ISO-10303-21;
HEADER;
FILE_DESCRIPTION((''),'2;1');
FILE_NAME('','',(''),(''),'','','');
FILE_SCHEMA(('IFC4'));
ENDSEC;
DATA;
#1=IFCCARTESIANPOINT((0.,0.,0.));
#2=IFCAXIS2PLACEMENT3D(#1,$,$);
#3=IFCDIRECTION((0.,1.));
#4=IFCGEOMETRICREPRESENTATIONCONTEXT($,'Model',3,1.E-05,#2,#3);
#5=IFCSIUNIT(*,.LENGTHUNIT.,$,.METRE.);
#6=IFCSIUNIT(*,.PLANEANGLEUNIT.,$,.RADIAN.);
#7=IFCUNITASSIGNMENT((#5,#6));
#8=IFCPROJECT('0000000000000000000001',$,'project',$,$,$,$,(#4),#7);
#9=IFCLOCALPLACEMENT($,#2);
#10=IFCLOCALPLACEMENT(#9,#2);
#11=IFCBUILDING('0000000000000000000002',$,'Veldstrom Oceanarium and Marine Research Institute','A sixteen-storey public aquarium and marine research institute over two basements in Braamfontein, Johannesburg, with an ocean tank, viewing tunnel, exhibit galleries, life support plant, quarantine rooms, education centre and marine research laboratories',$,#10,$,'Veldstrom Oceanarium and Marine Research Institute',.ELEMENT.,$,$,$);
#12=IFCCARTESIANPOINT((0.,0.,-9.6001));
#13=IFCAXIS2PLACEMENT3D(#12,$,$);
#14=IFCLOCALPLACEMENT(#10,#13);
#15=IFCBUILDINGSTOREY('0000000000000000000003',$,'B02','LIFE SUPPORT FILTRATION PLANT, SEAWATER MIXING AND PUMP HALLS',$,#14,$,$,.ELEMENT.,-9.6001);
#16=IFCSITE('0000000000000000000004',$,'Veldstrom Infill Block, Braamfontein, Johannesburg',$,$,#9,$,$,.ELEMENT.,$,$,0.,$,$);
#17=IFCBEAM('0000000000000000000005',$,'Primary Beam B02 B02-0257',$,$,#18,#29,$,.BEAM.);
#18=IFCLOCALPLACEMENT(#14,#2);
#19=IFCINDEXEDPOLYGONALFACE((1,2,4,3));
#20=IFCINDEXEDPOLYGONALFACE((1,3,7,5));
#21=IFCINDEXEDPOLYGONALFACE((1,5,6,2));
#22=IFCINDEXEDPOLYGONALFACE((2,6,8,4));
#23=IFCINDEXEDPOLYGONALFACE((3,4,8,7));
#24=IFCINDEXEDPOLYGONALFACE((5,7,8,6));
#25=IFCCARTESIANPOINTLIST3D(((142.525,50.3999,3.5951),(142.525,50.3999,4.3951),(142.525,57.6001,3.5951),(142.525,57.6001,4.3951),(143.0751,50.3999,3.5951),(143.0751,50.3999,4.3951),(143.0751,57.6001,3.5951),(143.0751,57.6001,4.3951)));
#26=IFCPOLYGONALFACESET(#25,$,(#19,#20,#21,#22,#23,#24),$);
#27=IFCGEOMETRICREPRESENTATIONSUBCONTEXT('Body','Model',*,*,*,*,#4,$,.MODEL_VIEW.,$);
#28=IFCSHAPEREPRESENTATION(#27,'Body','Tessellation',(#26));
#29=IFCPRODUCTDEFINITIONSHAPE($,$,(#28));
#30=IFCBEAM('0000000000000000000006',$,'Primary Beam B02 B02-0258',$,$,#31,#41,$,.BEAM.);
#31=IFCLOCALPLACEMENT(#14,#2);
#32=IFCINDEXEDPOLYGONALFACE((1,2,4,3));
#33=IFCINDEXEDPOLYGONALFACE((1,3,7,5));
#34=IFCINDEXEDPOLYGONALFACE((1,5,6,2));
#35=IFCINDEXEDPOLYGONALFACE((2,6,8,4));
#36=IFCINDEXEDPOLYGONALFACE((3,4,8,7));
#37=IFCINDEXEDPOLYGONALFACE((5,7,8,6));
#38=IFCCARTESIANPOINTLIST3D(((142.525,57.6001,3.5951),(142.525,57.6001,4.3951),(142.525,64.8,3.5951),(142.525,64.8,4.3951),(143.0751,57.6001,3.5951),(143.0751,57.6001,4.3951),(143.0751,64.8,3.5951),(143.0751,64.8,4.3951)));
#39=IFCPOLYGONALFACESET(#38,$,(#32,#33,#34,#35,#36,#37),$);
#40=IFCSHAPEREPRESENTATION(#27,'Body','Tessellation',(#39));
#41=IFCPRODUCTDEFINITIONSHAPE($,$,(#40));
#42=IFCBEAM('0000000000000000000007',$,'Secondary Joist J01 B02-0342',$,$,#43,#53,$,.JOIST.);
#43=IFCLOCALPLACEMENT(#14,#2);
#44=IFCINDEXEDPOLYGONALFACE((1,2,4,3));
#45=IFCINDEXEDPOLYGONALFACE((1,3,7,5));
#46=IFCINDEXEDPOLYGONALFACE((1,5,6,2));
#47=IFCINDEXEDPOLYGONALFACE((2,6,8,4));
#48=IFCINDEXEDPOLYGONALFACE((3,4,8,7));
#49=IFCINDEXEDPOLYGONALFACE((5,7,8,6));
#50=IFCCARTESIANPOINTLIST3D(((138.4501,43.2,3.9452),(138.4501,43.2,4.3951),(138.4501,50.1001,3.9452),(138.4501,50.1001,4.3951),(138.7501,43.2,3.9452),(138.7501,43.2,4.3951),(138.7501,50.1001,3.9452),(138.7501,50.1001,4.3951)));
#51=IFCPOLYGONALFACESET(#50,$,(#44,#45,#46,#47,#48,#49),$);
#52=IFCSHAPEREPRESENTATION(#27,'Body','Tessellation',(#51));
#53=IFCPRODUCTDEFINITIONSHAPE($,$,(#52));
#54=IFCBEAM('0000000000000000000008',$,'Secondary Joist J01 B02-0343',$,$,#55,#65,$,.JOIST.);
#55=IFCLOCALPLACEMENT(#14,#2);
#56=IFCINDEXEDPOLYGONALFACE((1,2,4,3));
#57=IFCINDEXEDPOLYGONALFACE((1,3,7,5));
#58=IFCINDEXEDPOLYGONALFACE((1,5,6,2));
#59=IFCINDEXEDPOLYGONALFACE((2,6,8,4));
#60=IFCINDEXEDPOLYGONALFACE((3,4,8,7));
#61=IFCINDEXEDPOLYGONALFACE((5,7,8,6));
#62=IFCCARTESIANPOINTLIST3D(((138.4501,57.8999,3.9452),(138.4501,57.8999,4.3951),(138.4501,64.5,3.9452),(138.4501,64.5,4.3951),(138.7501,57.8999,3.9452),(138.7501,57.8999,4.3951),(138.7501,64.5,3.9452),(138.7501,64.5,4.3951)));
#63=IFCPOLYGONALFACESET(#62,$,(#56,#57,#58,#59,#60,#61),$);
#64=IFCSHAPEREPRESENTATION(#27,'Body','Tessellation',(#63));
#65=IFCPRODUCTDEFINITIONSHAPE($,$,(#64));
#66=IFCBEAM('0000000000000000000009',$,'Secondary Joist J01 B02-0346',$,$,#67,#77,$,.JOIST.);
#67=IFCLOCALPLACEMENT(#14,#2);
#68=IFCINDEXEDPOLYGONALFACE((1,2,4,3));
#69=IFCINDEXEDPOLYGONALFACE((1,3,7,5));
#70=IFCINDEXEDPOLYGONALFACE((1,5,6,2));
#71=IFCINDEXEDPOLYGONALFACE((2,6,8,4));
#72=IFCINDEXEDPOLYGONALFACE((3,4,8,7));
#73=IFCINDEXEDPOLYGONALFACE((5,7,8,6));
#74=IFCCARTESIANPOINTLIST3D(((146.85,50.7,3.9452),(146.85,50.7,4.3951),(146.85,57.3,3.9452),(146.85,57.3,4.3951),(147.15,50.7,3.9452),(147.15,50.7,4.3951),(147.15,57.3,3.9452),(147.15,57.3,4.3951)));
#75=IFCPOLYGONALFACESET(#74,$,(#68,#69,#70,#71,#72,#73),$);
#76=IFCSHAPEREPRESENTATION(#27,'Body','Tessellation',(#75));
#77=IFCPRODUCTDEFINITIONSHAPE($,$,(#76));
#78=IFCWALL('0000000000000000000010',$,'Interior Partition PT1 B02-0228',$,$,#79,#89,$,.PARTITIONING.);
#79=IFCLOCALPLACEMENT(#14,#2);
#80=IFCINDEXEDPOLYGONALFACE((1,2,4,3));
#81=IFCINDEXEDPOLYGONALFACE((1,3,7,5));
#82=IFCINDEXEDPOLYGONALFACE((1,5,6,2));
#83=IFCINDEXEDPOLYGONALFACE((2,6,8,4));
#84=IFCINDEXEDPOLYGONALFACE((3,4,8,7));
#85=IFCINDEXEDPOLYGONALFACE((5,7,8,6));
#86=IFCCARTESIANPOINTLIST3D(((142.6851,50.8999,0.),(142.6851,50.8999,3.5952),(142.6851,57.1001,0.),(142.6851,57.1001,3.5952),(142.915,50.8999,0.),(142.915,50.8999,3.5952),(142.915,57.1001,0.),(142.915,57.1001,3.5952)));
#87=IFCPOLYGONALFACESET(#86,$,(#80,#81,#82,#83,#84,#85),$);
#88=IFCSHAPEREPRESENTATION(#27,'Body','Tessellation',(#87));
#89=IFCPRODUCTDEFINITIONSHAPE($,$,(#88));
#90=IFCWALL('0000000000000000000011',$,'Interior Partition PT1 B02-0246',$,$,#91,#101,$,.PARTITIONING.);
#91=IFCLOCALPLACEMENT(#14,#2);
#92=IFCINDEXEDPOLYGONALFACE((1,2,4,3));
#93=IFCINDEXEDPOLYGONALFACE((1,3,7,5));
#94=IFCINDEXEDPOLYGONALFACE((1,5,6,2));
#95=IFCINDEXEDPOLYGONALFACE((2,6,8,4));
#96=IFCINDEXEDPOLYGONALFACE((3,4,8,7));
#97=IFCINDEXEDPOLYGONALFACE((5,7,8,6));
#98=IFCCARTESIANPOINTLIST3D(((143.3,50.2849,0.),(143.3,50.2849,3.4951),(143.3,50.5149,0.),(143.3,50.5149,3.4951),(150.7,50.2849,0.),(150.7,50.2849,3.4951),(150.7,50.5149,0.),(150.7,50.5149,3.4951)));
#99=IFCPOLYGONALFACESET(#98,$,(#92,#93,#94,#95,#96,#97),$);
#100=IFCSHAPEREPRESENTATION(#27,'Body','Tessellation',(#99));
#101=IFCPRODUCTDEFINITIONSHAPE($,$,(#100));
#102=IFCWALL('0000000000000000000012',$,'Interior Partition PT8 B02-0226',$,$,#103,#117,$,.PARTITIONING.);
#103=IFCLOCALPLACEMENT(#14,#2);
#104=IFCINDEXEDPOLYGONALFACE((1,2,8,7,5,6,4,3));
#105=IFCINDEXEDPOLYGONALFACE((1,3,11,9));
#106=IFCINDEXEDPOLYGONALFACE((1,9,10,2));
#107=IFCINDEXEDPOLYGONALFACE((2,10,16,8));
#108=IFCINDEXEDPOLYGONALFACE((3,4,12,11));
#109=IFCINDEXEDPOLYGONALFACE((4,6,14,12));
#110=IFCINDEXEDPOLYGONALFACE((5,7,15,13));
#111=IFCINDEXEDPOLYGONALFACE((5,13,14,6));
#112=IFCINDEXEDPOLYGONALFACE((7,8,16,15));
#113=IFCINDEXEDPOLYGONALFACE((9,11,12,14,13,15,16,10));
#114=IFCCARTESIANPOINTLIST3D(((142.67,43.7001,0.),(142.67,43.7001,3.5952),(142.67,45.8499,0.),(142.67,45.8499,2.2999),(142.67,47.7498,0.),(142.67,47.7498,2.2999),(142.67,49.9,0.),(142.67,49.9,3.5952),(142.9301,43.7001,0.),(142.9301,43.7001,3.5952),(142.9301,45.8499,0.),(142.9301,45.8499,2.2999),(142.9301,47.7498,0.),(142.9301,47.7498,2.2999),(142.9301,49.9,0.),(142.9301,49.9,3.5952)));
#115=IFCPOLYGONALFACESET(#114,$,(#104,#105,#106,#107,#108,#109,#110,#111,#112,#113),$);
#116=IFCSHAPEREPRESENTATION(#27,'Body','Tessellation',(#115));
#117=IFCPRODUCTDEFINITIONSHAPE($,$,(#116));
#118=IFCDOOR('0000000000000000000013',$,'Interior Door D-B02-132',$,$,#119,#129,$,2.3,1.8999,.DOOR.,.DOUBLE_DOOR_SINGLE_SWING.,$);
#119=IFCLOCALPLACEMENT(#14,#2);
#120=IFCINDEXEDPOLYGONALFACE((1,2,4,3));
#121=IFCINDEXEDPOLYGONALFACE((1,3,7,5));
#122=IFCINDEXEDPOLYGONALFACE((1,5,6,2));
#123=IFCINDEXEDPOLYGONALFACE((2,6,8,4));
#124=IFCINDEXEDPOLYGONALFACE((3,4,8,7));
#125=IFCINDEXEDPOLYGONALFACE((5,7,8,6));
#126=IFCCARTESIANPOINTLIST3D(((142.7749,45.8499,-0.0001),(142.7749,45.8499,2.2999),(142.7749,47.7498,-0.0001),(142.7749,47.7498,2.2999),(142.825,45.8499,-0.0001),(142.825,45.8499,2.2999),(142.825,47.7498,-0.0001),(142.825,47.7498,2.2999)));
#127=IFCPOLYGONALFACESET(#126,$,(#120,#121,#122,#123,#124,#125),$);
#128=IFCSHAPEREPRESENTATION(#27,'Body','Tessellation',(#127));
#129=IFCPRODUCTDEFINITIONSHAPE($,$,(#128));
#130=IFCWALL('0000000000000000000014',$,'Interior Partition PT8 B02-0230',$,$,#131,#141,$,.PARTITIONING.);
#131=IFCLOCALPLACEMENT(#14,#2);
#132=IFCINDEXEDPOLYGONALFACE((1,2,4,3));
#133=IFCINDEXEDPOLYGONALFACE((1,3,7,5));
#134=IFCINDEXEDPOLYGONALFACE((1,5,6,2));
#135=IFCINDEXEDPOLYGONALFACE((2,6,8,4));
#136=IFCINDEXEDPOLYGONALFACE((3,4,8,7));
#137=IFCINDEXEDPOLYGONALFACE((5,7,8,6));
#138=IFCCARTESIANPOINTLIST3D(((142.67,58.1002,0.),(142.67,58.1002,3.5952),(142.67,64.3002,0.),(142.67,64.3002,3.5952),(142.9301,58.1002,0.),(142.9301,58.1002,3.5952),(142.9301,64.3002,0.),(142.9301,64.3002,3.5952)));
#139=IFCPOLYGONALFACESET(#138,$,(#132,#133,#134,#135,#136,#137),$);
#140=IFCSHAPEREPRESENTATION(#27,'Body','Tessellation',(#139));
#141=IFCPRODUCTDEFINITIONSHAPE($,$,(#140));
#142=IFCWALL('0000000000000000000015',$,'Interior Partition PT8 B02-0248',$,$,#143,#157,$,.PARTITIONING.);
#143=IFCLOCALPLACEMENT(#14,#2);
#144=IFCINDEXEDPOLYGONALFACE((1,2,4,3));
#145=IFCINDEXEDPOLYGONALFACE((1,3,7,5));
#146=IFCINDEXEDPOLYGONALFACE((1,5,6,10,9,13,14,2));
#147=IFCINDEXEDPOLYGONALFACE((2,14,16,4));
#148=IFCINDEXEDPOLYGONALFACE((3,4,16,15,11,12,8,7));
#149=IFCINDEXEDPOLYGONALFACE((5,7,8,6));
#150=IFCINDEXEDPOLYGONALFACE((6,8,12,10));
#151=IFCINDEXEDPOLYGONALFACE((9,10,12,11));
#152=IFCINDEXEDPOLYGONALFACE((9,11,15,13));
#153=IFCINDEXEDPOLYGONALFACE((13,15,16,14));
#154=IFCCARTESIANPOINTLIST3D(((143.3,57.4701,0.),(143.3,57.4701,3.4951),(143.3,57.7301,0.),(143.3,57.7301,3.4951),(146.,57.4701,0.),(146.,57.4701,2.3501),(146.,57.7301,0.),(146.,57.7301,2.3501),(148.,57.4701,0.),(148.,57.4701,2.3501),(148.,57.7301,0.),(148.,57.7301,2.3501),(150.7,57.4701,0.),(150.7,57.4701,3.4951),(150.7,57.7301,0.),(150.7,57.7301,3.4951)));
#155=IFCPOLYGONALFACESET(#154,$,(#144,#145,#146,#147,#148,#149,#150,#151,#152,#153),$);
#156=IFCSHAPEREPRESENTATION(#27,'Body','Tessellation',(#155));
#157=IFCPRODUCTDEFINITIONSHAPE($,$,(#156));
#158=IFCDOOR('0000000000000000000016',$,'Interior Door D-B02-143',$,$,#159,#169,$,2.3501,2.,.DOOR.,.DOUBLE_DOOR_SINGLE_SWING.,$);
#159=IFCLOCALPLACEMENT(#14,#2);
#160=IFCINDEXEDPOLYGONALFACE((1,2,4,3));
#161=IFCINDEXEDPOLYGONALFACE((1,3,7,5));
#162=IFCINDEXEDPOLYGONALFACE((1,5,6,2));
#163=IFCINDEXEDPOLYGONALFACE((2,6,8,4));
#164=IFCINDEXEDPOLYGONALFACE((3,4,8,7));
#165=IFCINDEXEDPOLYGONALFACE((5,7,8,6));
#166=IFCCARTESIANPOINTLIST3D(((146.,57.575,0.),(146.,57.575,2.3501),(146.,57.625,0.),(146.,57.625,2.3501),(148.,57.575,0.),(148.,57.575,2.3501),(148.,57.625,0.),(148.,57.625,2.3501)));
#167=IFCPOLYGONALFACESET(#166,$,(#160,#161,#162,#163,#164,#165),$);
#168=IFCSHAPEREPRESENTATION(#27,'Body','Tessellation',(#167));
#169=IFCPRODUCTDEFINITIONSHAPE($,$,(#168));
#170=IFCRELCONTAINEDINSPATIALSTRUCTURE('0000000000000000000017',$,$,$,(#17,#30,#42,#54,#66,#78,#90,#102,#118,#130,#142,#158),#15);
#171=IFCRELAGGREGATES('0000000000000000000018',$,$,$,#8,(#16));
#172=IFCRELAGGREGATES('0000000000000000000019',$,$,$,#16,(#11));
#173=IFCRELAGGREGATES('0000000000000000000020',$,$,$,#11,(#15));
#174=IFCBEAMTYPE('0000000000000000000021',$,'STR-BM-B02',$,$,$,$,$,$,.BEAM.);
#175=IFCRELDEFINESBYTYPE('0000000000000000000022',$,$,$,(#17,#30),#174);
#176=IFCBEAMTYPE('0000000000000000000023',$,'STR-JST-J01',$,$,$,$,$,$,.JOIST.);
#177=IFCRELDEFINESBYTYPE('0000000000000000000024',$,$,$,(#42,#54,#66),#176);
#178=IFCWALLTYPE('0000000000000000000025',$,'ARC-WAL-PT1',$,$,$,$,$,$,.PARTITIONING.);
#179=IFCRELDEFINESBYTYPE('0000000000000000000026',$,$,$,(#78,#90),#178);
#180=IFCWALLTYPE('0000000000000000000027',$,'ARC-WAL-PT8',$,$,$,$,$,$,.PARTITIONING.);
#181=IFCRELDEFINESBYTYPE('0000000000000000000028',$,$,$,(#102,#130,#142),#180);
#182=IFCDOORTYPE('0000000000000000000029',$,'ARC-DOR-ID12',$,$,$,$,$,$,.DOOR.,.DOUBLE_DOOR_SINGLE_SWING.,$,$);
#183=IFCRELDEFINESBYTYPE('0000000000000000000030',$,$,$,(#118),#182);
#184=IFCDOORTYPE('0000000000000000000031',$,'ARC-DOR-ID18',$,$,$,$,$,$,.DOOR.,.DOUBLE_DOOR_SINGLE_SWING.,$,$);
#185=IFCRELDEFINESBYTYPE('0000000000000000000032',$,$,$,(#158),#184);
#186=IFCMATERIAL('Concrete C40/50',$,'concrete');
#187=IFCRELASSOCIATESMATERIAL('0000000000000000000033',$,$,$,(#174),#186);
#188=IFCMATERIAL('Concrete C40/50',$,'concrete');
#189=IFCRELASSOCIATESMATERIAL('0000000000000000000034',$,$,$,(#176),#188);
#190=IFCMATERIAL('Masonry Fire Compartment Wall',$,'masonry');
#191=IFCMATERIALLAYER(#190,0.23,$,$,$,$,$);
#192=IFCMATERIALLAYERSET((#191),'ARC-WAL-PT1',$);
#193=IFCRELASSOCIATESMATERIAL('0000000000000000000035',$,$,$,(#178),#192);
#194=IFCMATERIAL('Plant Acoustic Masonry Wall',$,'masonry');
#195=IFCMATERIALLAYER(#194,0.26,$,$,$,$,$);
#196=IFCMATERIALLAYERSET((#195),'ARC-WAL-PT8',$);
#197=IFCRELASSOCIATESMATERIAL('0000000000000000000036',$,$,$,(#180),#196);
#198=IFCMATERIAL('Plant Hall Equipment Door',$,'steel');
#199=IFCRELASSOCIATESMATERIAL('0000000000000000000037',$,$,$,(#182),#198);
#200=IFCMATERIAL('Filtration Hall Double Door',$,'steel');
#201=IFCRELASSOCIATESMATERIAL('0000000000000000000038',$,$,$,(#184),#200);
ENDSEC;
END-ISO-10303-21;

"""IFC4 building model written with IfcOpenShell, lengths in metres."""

from ifc_helpers import new_model, si_unit, direction, frame, frame_2d, origin, origin_2d, place, context, subcontext, project, spatial, rectangle, extrude, material, layer, layer_set, material_profile, profile_set, type_object, element, fill, save


model = new_model("IFC4")

# Units and contexts
model_context = context("Model", 3, precision=1e-05, world=origin(), true_north=direction((0.0, 1.0)))
body_context = subcontext(model_context, "Body", "Model", "MODEL_VIEW")
ifc_project = project(units=[si_unit("LENGTHUNIT", "METRE"), si_unit("PLANEANGLEUNIT", "RADIAN")], contexts=[model_context])

# Site, building, storey
site_placement = place(None, origin())
site = spatial("IfcSite", under=ifc_project, at=site_placement, Name="Veldstrom Infill Block, Braamfontein, Johannesburg", CompositionType="ELEMENT", RefElevation=0.0)
building_placement = place(site_placement, origin())
building = spatial("IfcBuilding", under=site, at=building_placement, Name="Veldstrom Oceanarium and Marine Research Institute", Description="A sixteen-storey public aquarium and marine research institute over two basements in Braamfontein, Johannesburg, with an ocean tank, viewing tunnel, exhibit galleries, life support plant, quarantine rooms, education centre and marine research laboratories", LongName="Veldstrom Oceanarium and Marine Research Institute", CompositionType="ELEMENT")
storey_placement = place(building_placement, frame((0.0, 0.0, -9.6001)))
storey = spatial("IfcBuildingStorey", under=building, at=storey_placement, Name="B02", Description="LIFE SUPPORT FILTRATION PLANT, SEAWATER MIXING AND PUMP HALLS", CompositionType="ELEMENT", Elevation=-9.6001)

# Beams
ifc_material_1 = material(Name="Concrete C40/50", Category="concrete")
ifc_material_profile_1 = material_profile(ifc_material_1, rectangle(XDim=0.55, YDim=0.8, at=origin_2d()), Name="RC-BM-550x800")
ifc_profile_set_1 = profile_set([ifc_material_profile_1], Name="Concrete C40/50")
beam_type_1 = type_object("IfcBeamType", Name="STR-BM-B02", PredefinedType="BEAM", material=ifc_profile_set_1)
beam_1_placement = place(storey_placement, frame((142.8, 50.3999, 3.9951), z_axis=(0.0, 1.0, 0.0), x_axis=(-1.0, 0.0, 0.0)))
element("IfcBeam", 1, at=beam_1_placement, inside=storey, type_object=beam_type_1, Name="Primary Beam B02 B02-0257", PredefinedType="BEAM", context=body_context, shape_type="SweptSolid", body=[
    extrude(rectangle(XDim=0.55, YDim=0.8, at=origin_2d()), origin(), (0.0, 0.0, 1.0), 7.2002),
])
beam_2_placement = place(storey_placement, frame((142.8, 57.6001, 3.9951), z_axis=(0.0, 1.0, 0.0), x_axis=(-1.0, 0.0, 0.0)))
element("IfcBeam", 2, at=beam_2_placement, inside=storey, type_object=beam_type_1, Name="Primary Beam B02 B02-0258", PredefinedType="BEAM", context=body_context, shape_type="SweptSolid", body=[
    extrude(rectangle(XDim=0.55, YDim=0.8, at=origin_2d()), origin(), (0.0, 0.0, 1.0), 7.2),
])
ifc_material_2 = material(Name="Concrete C40/50", Category="concrete")
ifc_material_profile_2 = material_profile(ifc_material_2, rectangle(XDim=0.3, YDim=0.45, at=origin_2d()), Name="RC-JST-300x450")
ifc_profile_set_2 = profile_set([ifc_material_profile_2], Name="Concrete C40/50")
beam_type_2 = type_object("IfcBeamType", Name="STR-JST-J01", PredefinedType="JOIST", material=ifc_profile_set_2)
beam_3_placement = place(storey_placement, frame((138.6001, 43.2, 4.1702), z_axis=(0.0, 1.0, 0.0), x_axis=(-1.0, 0.0, 0.0)))
element("IfcBeam", 3, at=beam_3_placement, inside=storey, type_object=beam_type_2, Name="Secondary Joist J01 B02-0342", PredefinedType="JOIST", context=body_context, shape_type="SweptSolid", body=[
    extrude(rectangle(XDim=0.3, YDim=0.45, at=origin_2d()), origin(), (0.0, 0.0, 1.0), 6.9001),
])
for number, where, z_axis, x_axis, name in (
    (4, (138.6001, 57.8999, 4.1702), (0.0, 1.0, 0.0), (-1.0, 0.0, 0.0), "Secondary Joist J01 B02-0343"),
    (5, (147.0, 50.7, 4.1702), (0.0, 1.0, 0.0), (-1.0, 0.0, 0.0), "Secondary Joist J01 B02-0346"),
):
    element("IfcBeam", number, at=place(storey_placement, frame(where, z_axis=z_axis, x_axis=x_axis)), inside=storey, type_object=beam_type_2, Name=name, PredefinedType="JOIST", context=body_context, shape_type="SweptSolid", body=[
        extrude(rectangle(XDim=0.3, YDim=0.45, at=origin_2d()), origin(), (0.0, 0.0, 1.0), 6.6001),
    ])

# Walls
ifc_material_3 = material(Name="Masonry Fire Compartment Wall", Category="masonry")
ifc_layer_1 = layer(ifc_material_3, 0.23)
ifc_layer_set_1 = layer_set([ifc_layer_1], Name="ARC-WAL-PT1")
wall_type_1 = type_object("IfcWallType", Name="ARC-WAL-PT1", PredefinedType="PARTITIONING", material=ifc_layer_set_1)
wall_1_placement = place(storey_placement, frame((142.8, 50.8999, 0.0), z_axis=(0.0, 0.0, 1.0), x_axis=(0.0, 1.0, 0.0)))
element("IfcWall", 6, at=wall_1_placement, inside=storey, type_object=wall_type_1, Name="Interior Partition PT1 B02-0228", PredefinedType="PARTITIONING", context=body_context, shape_type="SweptSolid", body=[
    extrude(rectangle(XDim=6.2002, YDim=0.23, at=frame_2d((3.1001, 0.0))), origin(), (0.0, 0.0, 1.0), 3.5952),
])
wall_2_placement = place(storey_placement, frame((143.3, 50.3999, 0.0), z_axis=(0.0, 0.0, 1.0), x_axis=(1.0, 0.0, 0.0)))
element("IfcWall", 7, at=wall_2_placement, inside=storey, type_object=wall_type_1, Name="Interior Partition PT1 B02-0246", PredefinedType="PARTITIONING", context=body_context, shape_type="SweptSolid", body=[
    extrude(rectangle(XDim=7.3999, YDim=0.23, at=frame_2d((3.7, 0.0))), origin(), (0.0, 0.0, 1.0), 3.4951),
])

# Wall, opening, door
ifc_material_4 = material(Name="Plant Acoustic Masonry Wall", Category="masonry")
ifc_layer_2 = layer(ifc_material_4, 0.26)
ifc_layer_set_2 = layer_set([ifc_layer_2], Name="ARC-WAL-PT8")
wall_type_2 = type_object("IfcWallType", Name="ARC-WAL-PT8", PredefinedType="PARTITIONING", material=ifc_layer_set_2)
wall_3_placement = place(storey_placement, frame((142.8, 43.7, 0.0), z_axis=(0.0, 0.0, 1.0), x_axis=(0.0, 1.0, 0.0)))
wall_3 = element("IfcWall", 8, at=wall_3_placement, inside=storey, type_object=wall_type_2, Name="Interior Partition PT8 B02-0226", PredefinedType="PARTITIONING", context=body_context, shape_type="SweptSolid", body=[
    extrude(rectangle(XDim=6.2, YDim=0.26, at=frame_2d((3.1001, 0.0))), origin(), (0.0, 0.0, 1.0), 3.5952),
])
opening_1_placement = place(wall_3_placement, frame((2.1499, 0.0, 0.0)))
opening_1 = element("IfcOpeningElement", 9, at=opening_1_placement, cuts=wall_3, PredefinedType="OPENING", context=body_context, shape_type="SweptSolid", body=[
    extrude(rectangle(XDim=1.8999, YDim=2.3, at=frame_2d((0.95, 1.1499))), frame((0.0, 0.1399, 0.0), z_axis=(0.0, -1.0, 0.0), x_axis=(1.0, 0.0, 0.0)), (0.0, 0.0, 1.0), 0.28),
])
ifc_material_5 = material(Name="Plant Hall Equipment Door", Category="steel")
door_type_1 = type_object("IfcDoorType", Name="ARC-DOR-ID12", OperationType="DOUBLE_DOOR_SINGLE_SWING", PredefinedType="DOOR", material=ifc_material_5)
door_1_placement = place(opening_1_placement, frame((1.8999, 0.0, 0.0), z_axis=(0.0, 0.0, 1.0), x_axis=(-1.0, 0.0, 0.0)))
door_1 = element("IfcDoor", 10, at=door_1_placement, inside=storey, type_object=door_type_1, Name="Interior Door D-B02-132", OperationType="DOUBLE_DOOR_SINGLE_SWING", OverallHeight=2.3, OverallWidth=1.8999, PredefinedType="DOOR", context=body_context, shape_type="SweptSolid", body=[
    extrude(rectangle(XDim=1.8999, YDim=2.3, at=frame_2d((0.95, 1.1499))), frame((0.0, 0.0249, 0.0), z_axis=(0.0, -1.0, 0.0), x_axis=(1.0, 0.0, 0.0)), (0.0, 0.0, 1.0), 0.05),
])
fill(opening_1, door_1)

# Wall
wall_4_placement = place(storey_placement, frame((142.8, 58.1001, 0.0), z_axis=(0.0, 0.0, 1.0), x_axis=(0.0, 1.0, 0.0)))
element("IfcWall", 11, at=wall_4_placement, inside=storey, type_object=wall_type_2, Name="Interior Partition PT8 B02-0230", PredefinedType="PARTITIONING", context=body_context, shape_type="SweptSolid", body=[
    extrude(rectangle(XDim=6.2, YDim=0.26, at=frame_2d((3.1001, 0.0))), origin(), (0.0, 0.0, 1.0), 3.5952),
])

# Wall, opening, door
wall_5_placement = place(storey_placement, frame((143.3, 57.6001, 0.0), z_axis=(0.0, 0.0, 1.0), x_axis=(1.0, 0.0, 0.0)))
wall_5 = element("IfcWall", 12, at=wall_5_placement, inside=storey, type_object=wall_type_2, Name="Interior Partition PT8 B02-0248", PredefinedType="PARTITIONING", context=body_context, shape_type="SweptSolid", body=[
    extrude(rectangle(XDim=7.3999, YDim=0.26, at=frame_2d((3.7, 0.0))), origin(), (0.0, 0.0, 1.0), 3.4951),
])
opening_2_placement = place(wall_5_placement, frame((2.7, 0.0, 0.0)))
opening_2 = element("IfcOpeningElement", 13, at=opening_2_placement, cuts=wall_5, PredefinedType="OPENING", context=body_context, shape_type="SweptSolid", body=[
    extrude(rectangle(XDim=2.0, YDim=2.3501, at=frame_2d((1.0, 1.175))), frame((0.0, 0.1399, 0.0), z_axis=(0.0, -1.0, 0.0), x_axis=(1.0, 0.0, 0.0)), (0.0, 0.0, 1.0), 0.28),
])
ifc_material_6 = material(Name="Filtration Hall Double Door", Category="steel")
door_type_2 = type_object("IfcDoorType", Name="ARC-DOR-ID18", OperationType="DOUBLE_DOOR_SINGLE_SWING", PredefinedType="DOOR", material=ifc_material_6)
door_2_placement = place(opening_2_placement, origin())
door_2 = element("IfcDoor", 14, at=door_2_placement, inside=storey, type_object=door_type_2, Name="Interior Door D-B02-143", OperationType="DOUBLE_DOOR_SINGLE_SWING", OverallHeight=2.3501, OverallWidth=2.0, PredefinedType="DOOR", context=body_context, shape_type="SweptSolid", body=[
    extrude(rectangle(XDim=2.0, YDim=2.3501, at=frame_2d((1.0, 1.175))), frame((0.0, 0.0249, 0.0), z_axis=(0.0, -1.0, 0.0), x_axis=(1.0, 0.0, 0.0)), (0.0, 0.0, 1.0), 0.05),
])
fill(opening_2, door_2)

save(model, "model.ifc")
